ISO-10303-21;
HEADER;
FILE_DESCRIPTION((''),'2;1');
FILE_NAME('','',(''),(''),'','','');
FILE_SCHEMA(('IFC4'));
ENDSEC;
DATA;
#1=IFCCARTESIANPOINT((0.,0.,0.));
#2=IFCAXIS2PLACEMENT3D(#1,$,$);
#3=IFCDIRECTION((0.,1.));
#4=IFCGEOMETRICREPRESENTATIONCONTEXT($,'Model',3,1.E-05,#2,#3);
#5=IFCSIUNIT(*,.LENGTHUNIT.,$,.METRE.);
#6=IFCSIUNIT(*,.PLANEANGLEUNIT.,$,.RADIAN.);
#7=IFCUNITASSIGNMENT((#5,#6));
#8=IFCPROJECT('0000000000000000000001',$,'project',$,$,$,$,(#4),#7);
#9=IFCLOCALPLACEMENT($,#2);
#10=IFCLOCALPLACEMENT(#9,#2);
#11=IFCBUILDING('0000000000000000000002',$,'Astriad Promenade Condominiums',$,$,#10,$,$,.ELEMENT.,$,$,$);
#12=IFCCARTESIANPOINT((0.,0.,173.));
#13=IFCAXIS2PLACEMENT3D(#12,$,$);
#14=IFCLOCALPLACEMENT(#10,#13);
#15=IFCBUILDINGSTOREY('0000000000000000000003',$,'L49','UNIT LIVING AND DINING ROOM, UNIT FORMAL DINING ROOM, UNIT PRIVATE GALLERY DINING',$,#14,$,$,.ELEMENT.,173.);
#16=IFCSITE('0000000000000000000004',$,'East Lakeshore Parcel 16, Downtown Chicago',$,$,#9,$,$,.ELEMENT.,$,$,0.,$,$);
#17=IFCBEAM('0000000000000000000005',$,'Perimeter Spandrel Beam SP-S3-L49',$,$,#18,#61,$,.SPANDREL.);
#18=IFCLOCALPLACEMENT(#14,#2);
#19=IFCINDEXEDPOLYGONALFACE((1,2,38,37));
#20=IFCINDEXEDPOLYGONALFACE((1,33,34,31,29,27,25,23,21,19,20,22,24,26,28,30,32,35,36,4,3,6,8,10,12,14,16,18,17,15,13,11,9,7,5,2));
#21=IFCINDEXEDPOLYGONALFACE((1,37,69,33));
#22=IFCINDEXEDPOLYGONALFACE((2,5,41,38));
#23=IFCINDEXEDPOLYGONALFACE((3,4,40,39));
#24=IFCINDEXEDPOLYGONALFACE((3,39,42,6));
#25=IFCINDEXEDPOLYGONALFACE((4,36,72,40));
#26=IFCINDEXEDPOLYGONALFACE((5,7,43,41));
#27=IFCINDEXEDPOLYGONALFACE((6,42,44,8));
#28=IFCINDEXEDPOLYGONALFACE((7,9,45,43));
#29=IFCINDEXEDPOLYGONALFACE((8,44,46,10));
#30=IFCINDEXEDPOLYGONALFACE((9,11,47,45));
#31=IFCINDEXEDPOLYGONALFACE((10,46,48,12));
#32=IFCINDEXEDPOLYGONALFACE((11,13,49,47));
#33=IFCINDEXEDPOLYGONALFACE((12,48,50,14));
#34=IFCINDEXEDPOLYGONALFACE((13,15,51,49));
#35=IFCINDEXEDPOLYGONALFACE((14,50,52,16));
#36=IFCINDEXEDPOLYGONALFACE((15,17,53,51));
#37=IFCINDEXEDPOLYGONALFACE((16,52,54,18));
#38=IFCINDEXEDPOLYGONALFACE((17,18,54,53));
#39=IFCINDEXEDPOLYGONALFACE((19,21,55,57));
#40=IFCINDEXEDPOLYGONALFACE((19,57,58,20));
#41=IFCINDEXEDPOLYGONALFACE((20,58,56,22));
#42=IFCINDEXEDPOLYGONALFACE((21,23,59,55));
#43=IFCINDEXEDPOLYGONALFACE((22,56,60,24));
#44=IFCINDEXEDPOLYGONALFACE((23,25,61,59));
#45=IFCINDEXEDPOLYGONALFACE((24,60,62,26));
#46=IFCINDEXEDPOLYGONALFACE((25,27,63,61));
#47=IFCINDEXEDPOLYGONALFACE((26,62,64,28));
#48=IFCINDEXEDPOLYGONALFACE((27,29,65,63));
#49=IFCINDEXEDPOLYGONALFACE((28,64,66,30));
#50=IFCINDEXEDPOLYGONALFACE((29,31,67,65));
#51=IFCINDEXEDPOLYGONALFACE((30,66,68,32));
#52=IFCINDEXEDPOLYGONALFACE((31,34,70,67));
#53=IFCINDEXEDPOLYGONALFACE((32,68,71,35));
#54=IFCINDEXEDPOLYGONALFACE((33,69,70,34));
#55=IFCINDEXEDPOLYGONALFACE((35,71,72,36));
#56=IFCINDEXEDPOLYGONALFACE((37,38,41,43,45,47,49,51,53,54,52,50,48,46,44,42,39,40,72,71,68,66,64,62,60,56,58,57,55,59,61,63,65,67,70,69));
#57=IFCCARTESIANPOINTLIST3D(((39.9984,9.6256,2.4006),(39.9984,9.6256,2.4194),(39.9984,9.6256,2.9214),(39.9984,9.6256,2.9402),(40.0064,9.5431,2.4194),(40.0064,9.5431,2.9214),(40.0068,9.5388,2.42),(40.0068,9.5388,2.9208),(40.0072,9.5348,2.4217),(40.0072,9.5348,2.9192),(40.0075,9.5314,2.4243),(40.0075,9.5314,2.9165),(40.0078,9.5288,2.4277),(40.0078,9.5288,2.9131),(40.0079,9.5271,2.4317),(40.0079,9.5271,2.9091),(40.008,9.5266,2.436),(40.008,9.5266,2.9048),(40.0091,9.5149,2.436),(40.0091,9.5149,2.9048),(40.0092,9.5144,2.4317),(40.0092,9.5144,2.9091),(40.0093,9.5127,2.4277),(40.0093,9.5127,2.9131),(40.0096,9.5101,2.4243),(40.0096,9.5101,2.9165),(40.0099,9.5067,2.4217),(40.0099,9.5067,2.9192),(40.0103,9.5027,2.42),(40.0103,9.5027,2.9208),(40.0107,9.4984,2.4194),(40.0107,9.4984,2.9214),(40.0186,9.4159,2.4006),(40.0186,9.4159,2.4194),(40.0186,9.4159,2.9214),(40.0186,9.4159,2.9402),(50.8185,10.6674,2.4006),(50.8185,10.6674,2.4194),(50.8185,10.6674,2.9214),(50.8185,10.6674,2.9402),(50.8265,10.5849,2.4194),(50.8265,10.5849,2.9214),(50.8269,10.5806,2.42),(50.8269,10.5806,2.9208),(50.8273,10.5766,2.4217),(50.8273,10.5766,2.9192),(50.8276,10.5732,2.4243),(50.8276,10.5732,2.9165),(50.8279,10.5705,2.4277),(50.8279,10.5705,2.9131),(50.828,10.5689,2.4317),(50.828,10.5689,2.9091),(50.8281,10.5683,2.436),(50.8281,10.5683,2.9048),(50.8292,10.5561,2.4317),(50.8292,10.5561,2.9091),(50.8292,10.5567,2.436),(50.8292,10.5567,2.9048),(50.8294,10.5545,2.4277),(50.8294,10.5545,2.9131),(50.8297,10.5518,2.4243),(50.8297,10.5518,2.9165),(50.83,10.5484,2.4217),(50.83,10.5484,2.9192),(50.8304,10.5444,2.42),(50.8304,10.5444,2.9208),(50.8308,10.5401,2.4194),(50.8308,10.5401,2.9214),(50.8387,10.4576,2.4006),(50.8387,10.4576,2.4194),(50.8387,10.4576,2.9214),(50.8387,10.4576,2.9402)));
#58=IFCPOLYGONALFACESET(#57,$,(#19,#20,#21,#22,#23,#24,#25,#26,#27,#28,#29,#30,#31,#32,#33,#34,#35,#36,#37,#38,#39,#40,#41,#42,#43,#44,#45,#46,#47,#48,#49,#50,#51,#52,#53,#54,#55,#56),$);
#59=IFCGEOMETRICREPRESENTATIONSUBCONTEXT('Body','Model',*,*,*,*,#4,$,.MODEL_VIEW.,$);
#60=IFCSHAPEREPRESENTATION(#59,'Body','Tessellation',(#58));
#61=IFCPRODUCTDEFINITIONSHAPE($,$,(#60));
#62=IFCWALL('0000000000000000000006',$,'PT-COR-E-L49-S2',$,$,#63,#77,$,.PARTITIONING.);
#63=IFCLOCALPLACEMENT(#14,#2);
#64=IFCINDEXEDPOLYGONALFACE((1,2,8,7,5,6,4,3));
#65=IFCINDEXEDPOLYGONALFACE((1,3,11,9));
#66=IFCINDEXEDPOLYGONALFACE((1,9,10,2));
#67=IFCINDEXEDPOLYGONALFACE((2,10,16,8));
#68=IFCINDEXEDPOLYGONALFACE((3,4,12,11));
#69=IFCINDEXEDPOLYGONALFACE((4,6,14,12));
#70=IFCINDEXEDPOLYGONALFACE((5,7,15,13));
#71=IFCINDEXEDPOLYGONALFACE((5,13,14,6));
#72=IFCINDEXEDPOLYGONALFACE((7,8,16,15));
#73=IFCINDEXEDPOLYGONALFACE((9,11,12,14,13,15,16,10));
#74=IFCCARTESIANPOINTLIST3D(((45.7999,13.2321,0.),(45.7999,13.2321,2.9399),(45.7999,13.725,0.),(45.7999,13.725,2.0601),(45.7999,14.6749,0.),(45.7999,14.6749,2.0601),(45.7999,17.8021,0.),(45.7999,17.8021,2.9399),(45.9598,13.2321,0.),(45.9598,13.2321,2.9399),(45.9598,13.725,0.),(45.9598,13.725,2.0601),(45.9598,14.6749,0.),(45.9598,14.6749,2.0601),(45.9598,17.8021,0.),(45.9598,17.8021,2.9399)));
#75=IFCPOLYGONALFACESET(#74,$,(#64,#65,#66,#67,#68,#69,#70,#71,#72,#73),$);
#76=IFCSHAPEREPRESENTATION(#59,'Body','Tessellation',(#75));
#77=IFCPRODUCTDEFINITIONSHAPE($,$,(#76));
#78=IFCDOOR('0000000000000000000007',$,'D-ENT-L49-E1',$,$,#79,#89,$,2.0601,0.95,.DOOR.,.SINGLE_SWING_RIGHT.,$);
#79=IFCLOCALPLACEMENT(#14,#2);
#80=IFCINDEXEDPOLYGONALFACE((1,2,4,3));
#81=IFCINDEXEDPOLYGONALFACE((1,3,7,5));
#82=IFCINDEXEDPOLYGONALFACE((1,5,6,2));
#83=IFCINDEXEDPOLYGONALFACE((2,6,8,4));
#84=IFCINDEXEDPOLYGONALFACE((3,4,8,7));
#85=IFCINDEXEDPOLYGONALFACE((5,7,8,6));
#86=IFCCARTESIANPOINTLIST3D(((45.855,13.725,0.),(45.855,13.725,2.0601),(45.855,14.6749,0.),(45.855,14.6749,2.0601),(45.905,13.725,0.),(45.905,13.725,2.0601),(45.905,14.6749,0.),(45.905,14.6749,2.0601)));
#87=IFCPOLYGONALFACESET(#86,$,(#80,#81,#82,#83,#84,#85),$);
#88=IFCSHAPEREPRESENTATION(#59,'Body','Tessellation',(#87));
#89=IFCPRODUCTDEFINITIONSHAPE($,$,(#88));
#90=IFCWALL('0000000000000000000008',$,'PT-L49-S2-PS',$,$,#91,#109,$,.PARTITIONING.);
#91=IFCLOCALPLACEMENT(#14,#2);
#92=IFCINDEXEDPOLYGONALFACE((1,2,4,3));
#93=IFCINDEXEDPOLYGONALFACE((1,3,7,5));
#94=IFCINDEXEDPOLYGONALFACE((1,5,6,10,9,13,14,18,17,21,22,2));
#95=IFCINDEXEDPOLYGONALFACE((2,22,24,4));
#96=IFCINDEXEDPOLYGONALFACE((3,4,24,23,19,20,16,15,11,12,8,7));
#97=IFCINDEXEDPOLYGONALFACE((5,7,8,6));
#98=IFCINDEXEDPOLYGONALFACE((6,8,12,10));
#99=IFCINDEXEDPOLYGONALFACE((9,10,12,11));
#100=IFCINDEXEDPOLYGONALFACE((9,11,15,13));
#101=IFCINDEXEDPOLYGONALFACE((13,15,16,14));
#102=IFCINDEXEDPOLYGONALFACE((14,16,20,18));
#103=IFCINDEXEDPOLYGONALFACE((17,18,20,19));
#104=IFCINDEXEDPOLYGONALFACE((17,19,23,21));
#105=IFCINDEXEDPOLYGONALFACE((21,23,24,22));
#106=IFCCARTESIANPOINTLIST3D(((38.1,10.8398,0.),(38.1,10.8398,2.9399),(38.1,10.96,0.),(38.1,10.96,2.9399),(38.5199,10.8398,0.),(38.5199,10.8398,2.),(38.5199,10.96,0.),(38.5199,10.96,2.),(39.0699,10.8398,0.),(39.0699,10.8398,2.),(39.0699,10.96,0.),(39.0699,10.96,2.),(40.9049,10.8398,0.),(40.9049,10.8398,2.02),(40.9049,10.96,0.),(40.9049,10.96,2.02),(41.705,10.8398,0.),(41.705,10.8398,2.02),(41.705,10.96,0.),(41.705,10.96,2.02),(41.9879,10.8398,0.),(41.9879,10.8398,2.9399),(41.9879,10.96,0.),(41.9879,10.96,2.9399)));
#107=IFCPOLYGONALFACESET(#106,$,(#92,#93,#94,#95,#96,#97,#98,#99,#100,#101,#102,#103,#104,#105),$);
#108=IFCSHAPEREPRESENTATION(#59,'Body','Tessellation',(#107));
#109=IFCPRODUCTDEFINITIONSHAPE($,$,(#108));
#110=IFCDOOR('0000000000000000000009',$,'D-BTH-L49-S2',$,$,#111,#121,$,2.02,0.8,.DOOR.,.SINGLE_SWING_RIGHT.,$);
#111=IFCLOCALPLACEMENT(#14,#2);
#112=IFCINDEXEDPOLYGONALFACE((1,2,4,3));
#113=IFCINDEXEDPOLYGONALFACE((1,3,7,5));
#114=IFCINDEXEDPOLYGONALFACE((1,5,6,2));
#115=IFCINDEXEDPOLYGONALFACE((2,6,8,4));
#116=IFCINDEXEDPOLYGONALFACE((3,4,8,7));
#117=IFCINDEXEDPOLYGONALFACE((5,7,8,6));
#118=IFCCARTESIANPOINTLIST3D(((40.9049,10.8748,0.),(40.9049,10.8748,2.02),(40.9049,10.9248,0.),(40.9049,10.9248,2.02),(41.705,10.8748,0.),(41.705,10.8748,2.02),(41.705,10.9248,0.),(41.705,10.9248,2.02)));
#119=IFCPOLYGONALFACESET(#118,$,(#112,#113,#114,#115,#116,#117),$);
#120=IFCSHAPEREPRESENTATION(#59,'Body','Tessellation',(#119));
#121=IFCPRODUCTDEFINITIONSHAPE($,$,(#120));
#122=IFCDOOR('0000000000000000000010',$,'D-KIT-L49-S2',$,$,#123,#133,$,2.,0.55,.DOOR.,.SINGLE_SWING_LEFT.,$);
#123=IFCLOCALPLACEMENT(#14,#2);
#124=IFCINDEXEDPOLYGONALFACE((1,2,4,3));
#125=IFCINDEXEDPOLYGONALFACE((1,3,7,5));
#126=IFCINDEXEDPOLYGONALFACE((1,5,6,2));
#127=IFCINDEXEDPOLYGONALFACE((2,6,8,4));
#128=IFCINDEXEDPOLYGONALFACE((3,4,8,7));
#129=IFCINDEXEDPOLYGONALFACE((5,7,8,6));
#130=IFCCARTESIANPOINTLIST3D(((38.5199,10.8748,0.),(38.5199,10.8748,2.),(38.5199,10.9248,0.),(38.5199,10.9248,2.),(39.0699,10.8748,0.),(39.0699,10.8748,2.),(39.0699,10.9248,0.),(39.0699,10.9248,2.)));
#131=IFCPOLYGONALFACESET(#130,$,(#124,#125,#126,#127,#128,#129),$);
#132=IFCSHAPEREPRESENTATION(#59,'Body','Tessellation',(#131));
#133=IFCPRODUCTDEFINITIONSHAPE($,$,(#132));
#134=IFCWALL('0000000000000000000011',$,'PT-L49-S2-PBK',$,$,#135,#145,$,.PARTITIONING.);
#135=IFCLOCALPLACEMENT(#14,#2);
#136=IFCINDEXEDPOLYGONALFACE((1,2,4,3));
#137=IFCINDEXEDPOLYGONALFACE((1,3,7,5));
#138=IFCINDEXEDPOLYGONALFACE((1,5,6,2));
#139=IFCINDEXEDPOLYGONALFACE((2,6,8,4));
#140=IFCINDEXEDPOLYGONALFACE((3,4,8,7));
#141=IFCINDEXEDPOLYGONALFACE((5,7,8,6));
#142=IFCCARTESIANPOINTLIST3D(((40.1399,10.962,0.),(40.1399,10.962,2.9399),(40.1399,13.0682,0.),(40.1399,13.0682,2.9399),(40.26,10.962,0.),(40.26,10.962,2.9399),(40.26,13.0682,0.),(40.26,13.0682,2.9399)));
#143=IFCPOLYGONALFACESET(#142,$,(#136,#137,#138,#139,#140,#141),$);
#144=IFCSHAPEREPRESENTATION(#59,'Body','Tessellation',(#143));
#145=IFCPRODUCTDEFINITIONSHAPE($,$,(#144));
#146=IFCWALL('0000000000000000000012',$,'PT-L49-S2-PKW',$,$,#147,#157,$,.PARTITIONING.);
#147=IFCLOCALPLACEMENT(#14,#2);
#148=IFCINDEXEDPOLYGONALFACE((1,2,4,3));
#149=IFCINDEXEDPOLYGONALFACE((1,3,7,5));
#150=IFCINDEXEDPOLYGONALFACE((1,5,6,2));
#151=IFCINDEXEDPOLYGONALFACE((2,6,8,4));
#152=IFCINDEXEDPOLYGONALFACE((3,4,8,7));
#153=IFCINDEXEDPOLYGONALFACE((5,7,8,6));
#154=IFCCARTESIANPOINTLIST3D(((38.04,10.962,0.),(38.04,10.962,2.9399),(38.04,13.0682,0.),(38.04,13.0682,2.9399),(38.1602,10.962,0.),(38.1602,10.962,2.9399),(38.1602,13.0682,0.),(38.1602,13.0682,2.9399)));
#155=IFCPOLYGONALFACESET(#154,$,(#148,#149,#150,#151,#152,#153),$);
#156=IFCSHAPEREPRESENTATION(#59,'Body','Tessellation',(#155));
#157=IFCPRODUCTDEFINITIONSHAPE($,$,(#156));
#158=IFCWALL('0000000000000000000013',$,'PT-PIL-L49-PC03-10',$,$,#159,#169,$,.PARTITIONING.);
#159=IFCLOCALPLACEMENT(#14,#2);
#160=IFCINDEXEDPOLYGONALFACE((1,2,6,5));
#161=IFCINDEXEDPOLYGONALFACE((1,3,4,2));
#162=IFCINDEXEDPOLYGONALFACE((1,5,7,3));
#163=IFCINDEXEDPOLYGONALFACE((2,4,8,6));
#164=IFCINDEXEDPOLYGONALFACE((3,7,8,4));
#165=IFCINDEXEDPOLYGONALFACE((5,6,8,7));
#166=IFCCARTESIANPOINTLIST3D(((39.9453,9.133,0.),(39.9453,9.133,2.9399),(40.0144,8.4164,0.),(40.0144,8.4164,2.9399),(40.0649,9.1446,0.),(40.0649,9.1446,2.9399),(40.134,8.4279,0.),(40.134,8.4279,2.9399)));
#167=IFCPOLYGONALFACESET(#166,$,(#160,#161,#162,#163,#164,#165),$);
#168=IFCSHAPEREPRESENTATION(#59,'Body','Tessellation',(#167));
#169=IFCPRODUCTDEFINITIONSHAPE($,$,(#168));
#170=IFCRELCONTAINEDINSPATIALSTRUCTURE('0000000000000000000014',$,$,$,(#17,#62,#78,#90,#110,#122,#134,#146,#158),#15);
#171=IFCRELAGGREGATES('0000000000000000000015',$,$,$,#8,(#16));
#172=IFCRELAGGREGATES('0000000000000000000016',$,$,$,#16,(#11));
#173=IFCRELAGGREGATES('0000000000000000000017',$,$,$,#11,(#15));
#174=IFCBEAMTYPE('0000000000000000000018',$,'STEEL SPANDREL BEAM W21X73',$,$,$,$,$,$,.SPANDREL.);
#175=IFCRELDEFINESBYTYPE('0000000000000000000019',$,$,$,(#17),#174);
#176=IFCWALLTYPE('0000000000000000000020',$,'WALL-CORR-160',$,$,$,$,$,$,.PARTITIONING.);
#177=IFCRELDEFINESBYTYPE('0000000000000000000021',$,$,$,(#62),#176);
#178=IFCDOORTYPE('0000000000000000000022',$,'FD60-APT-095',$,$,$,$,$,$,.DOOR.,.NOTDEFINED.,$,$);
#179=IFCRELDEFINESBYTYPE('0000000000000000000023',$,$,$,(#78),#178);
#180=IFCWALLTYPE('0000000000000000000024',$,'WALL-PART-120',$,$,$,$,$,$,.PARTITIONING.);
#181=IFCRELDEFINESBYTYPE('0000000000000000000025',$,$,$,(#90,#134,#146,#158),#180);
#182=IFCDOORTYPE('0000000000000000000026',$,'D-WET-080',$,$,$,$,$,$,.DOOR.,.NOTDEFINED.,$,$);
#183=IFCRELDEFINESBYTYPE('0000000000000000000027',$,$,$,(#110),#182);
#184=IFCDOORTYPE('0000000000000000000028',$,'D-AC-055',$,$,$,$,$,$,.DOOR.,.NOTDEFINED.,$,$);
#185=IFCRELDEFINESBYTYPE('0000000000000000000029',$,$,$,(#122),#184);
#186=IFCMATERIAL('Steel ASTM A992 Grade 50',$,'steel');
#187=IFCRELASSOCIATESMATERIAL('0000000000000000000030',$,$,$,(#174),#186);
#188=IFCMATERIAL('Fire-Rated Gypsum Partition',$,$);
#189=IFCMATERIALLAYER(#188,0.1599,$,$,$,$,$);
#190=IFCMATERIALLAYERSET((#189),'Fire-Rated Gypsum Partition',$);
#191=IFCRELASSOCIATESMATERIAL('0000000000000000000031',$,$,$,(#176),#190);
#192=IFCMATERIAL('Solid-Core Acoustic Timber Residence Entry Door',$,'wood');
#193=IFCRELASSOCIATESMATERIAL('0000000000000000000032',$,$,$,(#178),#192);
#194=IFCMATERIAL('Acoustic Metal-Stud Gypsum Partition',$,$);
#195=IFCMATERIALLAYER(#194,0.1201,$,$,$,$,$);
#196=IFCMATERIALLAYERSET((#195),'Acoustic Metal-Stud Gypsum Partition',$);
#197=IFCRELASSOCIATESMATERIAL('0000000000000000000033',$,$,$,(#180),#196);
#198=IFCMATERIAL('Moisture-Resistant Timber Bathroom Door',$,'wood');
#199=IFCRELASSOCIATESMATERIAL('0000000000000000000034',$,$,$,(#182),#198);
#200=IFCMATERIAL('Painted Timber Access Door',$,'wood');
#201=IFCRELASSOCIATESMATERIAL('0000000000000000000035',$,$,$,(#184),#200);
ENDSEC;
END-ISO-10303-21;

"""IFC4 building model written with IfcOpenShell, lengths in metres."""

from ifc_helpers import new_model, si_unit, direction, frame, frame_2d, origin, origin_2d, place, context, subcontext, project, spatial, rectangle, i_section, extrude, source, transform, mapped, material, layer, layer_set, material_profile, profile_set, type_object, type_shapes, element, fill, save


model = new_model("IFC4")

# Units and contexts
model_context = context("Model", 3, precision=1e-05, world=origin(), true_north=direction((0.0, 1.0)))
body_context = subcontext(model_context, "Body", "Model", "MODEL_VIEW")
ifc_project = project(units=[si_unit("LENGTHUNIT", "METRE"), si_unit("PLANEANGLEUNIT", "RADIAN")], contexts=[model_context])

# Site, building, storey
site_placement = place(None, origin())
site = spatial("IfcSite", under=ifc_project, at=site_placement, Name="East Lakeshore Parcel 16, Downtown Chicago", CompositionType="ELEMENT", RefElevation=0.0)
building_placement = place(site_placement, origin())
building = spatial("IfcBuilding", under=site, at=building_placement, Name="Astriad Promenade Condominiums", CompositionType="ELEMENT")
storey_placement = place(building_placement, frame((0.0, 0.0, 173.0)))
storey = spatial("IfcBuildingStorey", under=building, at=storey_placement, Name="L49", Description="UNIT LIVING AND DINING ROOM, UNIT FORMAL DINING ROOM, UNIT PRIVATE GALLERY DINING", CompositionType="ELEMENT", Elevation=173.0)

# Shared definitions
ifc_material_1 = material(Name="Steel ASTM A992 Grade 50", Category="steel")

# Beam
ifc_material_profile_1 = material_profile(ifc_material_1, i_section(OverallWidth=0.2107, OverallDepth=0.5396, WebThickness=0.0117, FlangeThickness=0.0188, FilletRadius=0.0166, at=origin_2d()), Name="W21X73")
ifc_profile_set_1 = profile_set([ifc_material_profile_1], Name="Steel ASTM A992 Grade 50")
beam_type_1 = type_object("IfcBeamType", Name="STEEL SPANDREL BEAM W21X73", PredefinedType="SPANDREL", material=ifc_profile_set_1)
shared_shape_1 = source(origin(), body_context, "Body", "SweptSolid", [
    extrude(i_section(OverallWidth=0.2107, OverallDepth=0.5396, WebThickness=0.0117, FlangeThickness=0.0188, FilletRadius=0.0166, at=origin_2d()), origin(), (0.0, 0.0, 1.0), 10.8701),
])
type_shapes(beam_type_1, [shared_shape_1])
beam_1_placement = place(storey_placement, frame((40.0085, 9.5208, 2.6704), z_axis=(0.995397, 0.095836, 0.0), x_axis=(-0.095836, 0.995397, 0.0)))
element("IfcBeam", 1, at=beam_1_placement, inside=storey, type_object=beam_type_1, Name="Perimeter Spandrel Beam SP-S3-L49", PredefinedType="SPANDREL", context=body_context, shape_type="MappedRepresentation", body=[
    mapped(shared_shape_1, transform((0.0, 0.0, 0.0), scale=1.0)),
])

# Wall, opening, door
ifc_material_2 = material(Name="Fire-Rated Gypsum Partition")
ifc_layer_1 = layer(ifc_material_2, 0.1599)
ifc_layer_set_1 = layer_set([ifc_layer_1], Name="Fire-Rated Gypsum Partition")
wall_type_1 = type_object("IfcWallType", Name="WALL-CORR-160", PredefinedType="PARTITIONING", material=ifc_layer_set_1)
wall_1_placement = place(storey_placement, frame((45.8799, 13.2319, 0.0), z_axis=(0.0, 0.0, 1.0), x_axis=(0.0, 1.0, 0.0)))
wall_1 = element("IfcWall", 2, at=wall_1_placement, inside=storey, type_object=wall_type_1, Name="PT-COR-E-L49-S2", PredefinedType="PARTITIONING", context=body_context, shape_type="SweptSolid", body=[
    extrude(rectangle(XDim=4.5701, YDim=0.1599, at=frame_2d((2.2852, 0.0))), origin(), (0.0, 0.0, 1.0), 2.9399),
])
opening_1_placement = place(wall_1_placement, frame((0.4929, 0.0, 0.0)))
opening_1 = element("IfcOpeningElement", 3, at=opening_1_placement, cuts=wall_1, PredefinedType="OPENING", context=body_context, shape_type="SweptSolid", body=[
    extrude(rectangle(XDim=0.95, YDim=2.0601, at=frame_2d((0.4751, 1.03))), frame((0.0, 0.0898, 0.0), z_axis=(0.0, -1.0, 0.0), x_axis=(1.0, 0.0, 0.0)), (0.0, 0.0, 1.0), 0.1799),
])
ifc_material_3 = material(Name="Solid-Core Acoustic Timber Residence Entry Door", Category="wood")
door_type_1 = type_object("IfcDoorType", Name="FD60-APT-095", OperationType="NOTDEFINED", PredefinedType="DOOR", material=ifc_material_3)
shared_shape_2 = source(origin(), body_context, "Body", "SweptSolid", [
    extrude(rectangle(XDim=0.95, YDim=2.0601, at=frame_2d((0.4751, 1.03))), frame((0.0, 0.0249, 0.0), z_axis=(0.0, -1.0, 0.0), x_axis=(1.0, 0.0, 0.0)), (0.0, 0.0, 1.0), 0.05),
])
type_shapes(door_type_1, [shared_shape_2])
door_1_placement = place(opening_1_placement, origin())
door_1 = element("IfcDoor", 4, at=door_1_placement, inside=storey, type_object=door_type_1, Name="D-ENT-L49-E1", OperationType="SINGLE_SWING_RIGHT", OverallHeight=2.0601, OverallWidth=0.95, PredefinedType="DOOR", context=body_context, shape_type="MappedRepresentation", body=[
    mapped(shared_shape_2, transform((0.0, 0.0, 0.0), scale=1.0)),
])
fill(opening_1, door_1)

# Wall, openings, doors
ifc_material_4 = material(Name="Acoustic Metal-Stud Gypsum Partition")
ifc_layer_2 = layer(ifc_material_4, 0.1201)
ifc_layer_set_2 = layer_set([ifc_layer_2], Name="Acoustic Metal-Stud Gypsum Partition")
wall_type_2 = type_object("IfcWallType", Name="WALL-PART-120", PredefinedType="PARTITIONING", material=ifc_layer_set_2)
wall_2_placement = place(storey_placement, frame((38.1001, 10.8999, 0.0), z_axis=(0.0, 0.0, 1.0), x_axis=(1.0, 0.0, 0.0)))
wall_2 = element("IfcWall", 5, at=wall_2_placement, inside=storey, type_object=wall_type_2, Name="PT-L49-S2-PS", PredefinedType="PARTITIONING", context=body_context, shape_type="SweptSolid", body=[
    extrude(rectangle(XDim=3.8879, YDim=0.1201, at=frame_2d((1.9438, 0.0))), origin(), (0.0, 0.0, 1.0), 2.9399),
])
opening_2_placement = place(wall_2_placement, frame((0.4199, 0.0, 0.0)))
opening_2 = element("IfcOpeningElement", 6, at=opening_2_placement, cuts=wall_2, PredefinedType="OPENING", context=body_context, shape_type="SweptSolid", body=[
    extrude(rectangle(XDim=0.55, YDim=2.0, at=frame_2d((0.2749, 1.0))), frame((0.0, 0.0701, 0.0), z_axis=(0.0, -1.0, 0.0), x_axis=(1.0, 0.0, 0.0)), (0.0, 0.0, 1.0), 0.1401),
])
opening_3_placement = place(wall_2_placement, frame((2.8049, 0.0, 0.0)))
opening_3 = element("IfcOpeningElement", 7, at=opening_3_placement, cuts=wall_2, PredefinedType="OPENING", context=body_context, shape_type="SweptSolid", body=[
    extrude(rectangle(XDim=0.8, YDim=2.02, at=frame_2d((0.3999, 1.01))), frame((0.0, 0.0701, 0.0), z_axis=(0.0, -1.0, 0.0), x_axis=(1.0, 0.0, 0.0)), (0.0, 0.0, 1.0), 0.1401),
])
ifc_material_5 = material(Name="Moisture-Resistant Timber Bathroom Door", Category="wood")
door_type_2 = type_object("IfcDoorType", Name="D-WET-080", OperationType="NOTDEFINED", PredefinedType="DOOR", material=ifc_material_5)
shared_shape_3 = source(origin(), body_context, "Body", "SweptSolid", [
    extrude(rectangle(XDim=0.8, YDim=2.02, at=frame_2d((0.3999, 1.01))), frame((0.0, 0.0249, 0.0), z_axis=(0.0, -1.0, 0.0), x_axis=(1.0, 0.0, 0.0)), (0.0, 0.0, 1.0), 0.05),
])
type_shapes(door_type_2, [shared_shape_3])
door_2_placement = place(opening_3_placement, origin())
door_2 = element("IfcDoor", 8, at=door_2_placement, inside=storey, type_object=door_type_2, Name="D-BTH-L49-S2", OperationType="SINGLE_SWING_RIGHT", OverallHeight=2.02, OverallWidth=0.8, PredefinedType="DOOR", context=body_context, shape_type="MappedRepresentation", body=[
    mapped(shared_shape_3, transform((0.0, 0.0, 0.0), scale=1.0)),
])
fill(opening_3, door_2)
ifc_material_6 = material(Name="Painted Timber Access Door", Category="wood")
door_type_3 = type_object("IfcDoorType", Name="D-AC-055", OperationType="NOTDEFINED", PredefinedType="DOOR", material=ifc_material_6)
shared_shape_4 = source(origin(), body_context, "Body", "SweptSolid", [
    extrude(rectangle(XDim=0.55, YDim=2.0, at=frame_2d((0.2749, 1.0))), frame((0.0, 0.0249, 0.0), z_axis=(0.0, -1.0, 0.0), x_axis=(1.0, 0.0, 0.0)), (0.0, 0.0, 1.0), 0.05),
])
type_shapes(door_type_3, [shared_shape_4])
door_3_placement = place(opening_2_placement, origin())
door_3 = element("IfcDoor", 9, at=door_3_placement, inside=storey, type_object=door_type_3, Name="D-KIT-L49-S2", OperationType="SINGLE_SWING_LEFT", OverallHeight=2.0, OverallWidth=0.55, PredefinedType="DOOR", context=body_context, shape_type="MappedRepresentation", body=[
    mapped(shared_shape_4, transform((0.0, 0.0, 0.0), scale=1.0)),
])
fill(opening_2, door_3)

# Walls
for number, where, z_axis, x_axis, name in (
    (10, (40.2, 10.9619, 0.0), (0.0, 0.0, 1.0), (0.0, 1.0, 0.0), "PT-L49-S2-PBK"),
    (11, (38.1001, 10.9619, 0.0), (0.0, 0.0, 1.0), (0.0, 1.0, 0.0), "PT-L49-S2-PKW"),
):
    element("IfcWall", number, at=place(storey_placement, frame(where, z_axis=z_axis, x_axis=x_axis)), inside=storey, type_object=wall_type_2, Name=name, PredefinedType="PARTITIONING", context=body_context, shape_type="SweptSolid", body=[
        extrude(rectangle(XDim=2.1062, YDim=0.1201, at=frame_2d((1.0532, 0.0))), origin(), (0.0, 0.0, 1.0), 2.9399),
    ])
wall_3_placement = place(storey_placement, frame((40.0051, 9.1387, 0.0), z_axis=(0.0, 0.0, 1.0), x_axis=(0.095977, -0.995384, 0.0)))
element("IfcWall", 12, at=wall_3_placement, inside=storey, type_object=wall_type_2, Name="PT-PIL-L49-PC03-10", PredefinedType="PARTITIONING", context=body_context, shape_type="SweptSolid", body=[
    extrude(rectangle(XDim=0.72, YDim=0.1201, at=frame_2d((0.3599, 0.0))), origin(), (0.0, 0.0, 1.0), 2.9399),
])

save(model, "model.ifc")
